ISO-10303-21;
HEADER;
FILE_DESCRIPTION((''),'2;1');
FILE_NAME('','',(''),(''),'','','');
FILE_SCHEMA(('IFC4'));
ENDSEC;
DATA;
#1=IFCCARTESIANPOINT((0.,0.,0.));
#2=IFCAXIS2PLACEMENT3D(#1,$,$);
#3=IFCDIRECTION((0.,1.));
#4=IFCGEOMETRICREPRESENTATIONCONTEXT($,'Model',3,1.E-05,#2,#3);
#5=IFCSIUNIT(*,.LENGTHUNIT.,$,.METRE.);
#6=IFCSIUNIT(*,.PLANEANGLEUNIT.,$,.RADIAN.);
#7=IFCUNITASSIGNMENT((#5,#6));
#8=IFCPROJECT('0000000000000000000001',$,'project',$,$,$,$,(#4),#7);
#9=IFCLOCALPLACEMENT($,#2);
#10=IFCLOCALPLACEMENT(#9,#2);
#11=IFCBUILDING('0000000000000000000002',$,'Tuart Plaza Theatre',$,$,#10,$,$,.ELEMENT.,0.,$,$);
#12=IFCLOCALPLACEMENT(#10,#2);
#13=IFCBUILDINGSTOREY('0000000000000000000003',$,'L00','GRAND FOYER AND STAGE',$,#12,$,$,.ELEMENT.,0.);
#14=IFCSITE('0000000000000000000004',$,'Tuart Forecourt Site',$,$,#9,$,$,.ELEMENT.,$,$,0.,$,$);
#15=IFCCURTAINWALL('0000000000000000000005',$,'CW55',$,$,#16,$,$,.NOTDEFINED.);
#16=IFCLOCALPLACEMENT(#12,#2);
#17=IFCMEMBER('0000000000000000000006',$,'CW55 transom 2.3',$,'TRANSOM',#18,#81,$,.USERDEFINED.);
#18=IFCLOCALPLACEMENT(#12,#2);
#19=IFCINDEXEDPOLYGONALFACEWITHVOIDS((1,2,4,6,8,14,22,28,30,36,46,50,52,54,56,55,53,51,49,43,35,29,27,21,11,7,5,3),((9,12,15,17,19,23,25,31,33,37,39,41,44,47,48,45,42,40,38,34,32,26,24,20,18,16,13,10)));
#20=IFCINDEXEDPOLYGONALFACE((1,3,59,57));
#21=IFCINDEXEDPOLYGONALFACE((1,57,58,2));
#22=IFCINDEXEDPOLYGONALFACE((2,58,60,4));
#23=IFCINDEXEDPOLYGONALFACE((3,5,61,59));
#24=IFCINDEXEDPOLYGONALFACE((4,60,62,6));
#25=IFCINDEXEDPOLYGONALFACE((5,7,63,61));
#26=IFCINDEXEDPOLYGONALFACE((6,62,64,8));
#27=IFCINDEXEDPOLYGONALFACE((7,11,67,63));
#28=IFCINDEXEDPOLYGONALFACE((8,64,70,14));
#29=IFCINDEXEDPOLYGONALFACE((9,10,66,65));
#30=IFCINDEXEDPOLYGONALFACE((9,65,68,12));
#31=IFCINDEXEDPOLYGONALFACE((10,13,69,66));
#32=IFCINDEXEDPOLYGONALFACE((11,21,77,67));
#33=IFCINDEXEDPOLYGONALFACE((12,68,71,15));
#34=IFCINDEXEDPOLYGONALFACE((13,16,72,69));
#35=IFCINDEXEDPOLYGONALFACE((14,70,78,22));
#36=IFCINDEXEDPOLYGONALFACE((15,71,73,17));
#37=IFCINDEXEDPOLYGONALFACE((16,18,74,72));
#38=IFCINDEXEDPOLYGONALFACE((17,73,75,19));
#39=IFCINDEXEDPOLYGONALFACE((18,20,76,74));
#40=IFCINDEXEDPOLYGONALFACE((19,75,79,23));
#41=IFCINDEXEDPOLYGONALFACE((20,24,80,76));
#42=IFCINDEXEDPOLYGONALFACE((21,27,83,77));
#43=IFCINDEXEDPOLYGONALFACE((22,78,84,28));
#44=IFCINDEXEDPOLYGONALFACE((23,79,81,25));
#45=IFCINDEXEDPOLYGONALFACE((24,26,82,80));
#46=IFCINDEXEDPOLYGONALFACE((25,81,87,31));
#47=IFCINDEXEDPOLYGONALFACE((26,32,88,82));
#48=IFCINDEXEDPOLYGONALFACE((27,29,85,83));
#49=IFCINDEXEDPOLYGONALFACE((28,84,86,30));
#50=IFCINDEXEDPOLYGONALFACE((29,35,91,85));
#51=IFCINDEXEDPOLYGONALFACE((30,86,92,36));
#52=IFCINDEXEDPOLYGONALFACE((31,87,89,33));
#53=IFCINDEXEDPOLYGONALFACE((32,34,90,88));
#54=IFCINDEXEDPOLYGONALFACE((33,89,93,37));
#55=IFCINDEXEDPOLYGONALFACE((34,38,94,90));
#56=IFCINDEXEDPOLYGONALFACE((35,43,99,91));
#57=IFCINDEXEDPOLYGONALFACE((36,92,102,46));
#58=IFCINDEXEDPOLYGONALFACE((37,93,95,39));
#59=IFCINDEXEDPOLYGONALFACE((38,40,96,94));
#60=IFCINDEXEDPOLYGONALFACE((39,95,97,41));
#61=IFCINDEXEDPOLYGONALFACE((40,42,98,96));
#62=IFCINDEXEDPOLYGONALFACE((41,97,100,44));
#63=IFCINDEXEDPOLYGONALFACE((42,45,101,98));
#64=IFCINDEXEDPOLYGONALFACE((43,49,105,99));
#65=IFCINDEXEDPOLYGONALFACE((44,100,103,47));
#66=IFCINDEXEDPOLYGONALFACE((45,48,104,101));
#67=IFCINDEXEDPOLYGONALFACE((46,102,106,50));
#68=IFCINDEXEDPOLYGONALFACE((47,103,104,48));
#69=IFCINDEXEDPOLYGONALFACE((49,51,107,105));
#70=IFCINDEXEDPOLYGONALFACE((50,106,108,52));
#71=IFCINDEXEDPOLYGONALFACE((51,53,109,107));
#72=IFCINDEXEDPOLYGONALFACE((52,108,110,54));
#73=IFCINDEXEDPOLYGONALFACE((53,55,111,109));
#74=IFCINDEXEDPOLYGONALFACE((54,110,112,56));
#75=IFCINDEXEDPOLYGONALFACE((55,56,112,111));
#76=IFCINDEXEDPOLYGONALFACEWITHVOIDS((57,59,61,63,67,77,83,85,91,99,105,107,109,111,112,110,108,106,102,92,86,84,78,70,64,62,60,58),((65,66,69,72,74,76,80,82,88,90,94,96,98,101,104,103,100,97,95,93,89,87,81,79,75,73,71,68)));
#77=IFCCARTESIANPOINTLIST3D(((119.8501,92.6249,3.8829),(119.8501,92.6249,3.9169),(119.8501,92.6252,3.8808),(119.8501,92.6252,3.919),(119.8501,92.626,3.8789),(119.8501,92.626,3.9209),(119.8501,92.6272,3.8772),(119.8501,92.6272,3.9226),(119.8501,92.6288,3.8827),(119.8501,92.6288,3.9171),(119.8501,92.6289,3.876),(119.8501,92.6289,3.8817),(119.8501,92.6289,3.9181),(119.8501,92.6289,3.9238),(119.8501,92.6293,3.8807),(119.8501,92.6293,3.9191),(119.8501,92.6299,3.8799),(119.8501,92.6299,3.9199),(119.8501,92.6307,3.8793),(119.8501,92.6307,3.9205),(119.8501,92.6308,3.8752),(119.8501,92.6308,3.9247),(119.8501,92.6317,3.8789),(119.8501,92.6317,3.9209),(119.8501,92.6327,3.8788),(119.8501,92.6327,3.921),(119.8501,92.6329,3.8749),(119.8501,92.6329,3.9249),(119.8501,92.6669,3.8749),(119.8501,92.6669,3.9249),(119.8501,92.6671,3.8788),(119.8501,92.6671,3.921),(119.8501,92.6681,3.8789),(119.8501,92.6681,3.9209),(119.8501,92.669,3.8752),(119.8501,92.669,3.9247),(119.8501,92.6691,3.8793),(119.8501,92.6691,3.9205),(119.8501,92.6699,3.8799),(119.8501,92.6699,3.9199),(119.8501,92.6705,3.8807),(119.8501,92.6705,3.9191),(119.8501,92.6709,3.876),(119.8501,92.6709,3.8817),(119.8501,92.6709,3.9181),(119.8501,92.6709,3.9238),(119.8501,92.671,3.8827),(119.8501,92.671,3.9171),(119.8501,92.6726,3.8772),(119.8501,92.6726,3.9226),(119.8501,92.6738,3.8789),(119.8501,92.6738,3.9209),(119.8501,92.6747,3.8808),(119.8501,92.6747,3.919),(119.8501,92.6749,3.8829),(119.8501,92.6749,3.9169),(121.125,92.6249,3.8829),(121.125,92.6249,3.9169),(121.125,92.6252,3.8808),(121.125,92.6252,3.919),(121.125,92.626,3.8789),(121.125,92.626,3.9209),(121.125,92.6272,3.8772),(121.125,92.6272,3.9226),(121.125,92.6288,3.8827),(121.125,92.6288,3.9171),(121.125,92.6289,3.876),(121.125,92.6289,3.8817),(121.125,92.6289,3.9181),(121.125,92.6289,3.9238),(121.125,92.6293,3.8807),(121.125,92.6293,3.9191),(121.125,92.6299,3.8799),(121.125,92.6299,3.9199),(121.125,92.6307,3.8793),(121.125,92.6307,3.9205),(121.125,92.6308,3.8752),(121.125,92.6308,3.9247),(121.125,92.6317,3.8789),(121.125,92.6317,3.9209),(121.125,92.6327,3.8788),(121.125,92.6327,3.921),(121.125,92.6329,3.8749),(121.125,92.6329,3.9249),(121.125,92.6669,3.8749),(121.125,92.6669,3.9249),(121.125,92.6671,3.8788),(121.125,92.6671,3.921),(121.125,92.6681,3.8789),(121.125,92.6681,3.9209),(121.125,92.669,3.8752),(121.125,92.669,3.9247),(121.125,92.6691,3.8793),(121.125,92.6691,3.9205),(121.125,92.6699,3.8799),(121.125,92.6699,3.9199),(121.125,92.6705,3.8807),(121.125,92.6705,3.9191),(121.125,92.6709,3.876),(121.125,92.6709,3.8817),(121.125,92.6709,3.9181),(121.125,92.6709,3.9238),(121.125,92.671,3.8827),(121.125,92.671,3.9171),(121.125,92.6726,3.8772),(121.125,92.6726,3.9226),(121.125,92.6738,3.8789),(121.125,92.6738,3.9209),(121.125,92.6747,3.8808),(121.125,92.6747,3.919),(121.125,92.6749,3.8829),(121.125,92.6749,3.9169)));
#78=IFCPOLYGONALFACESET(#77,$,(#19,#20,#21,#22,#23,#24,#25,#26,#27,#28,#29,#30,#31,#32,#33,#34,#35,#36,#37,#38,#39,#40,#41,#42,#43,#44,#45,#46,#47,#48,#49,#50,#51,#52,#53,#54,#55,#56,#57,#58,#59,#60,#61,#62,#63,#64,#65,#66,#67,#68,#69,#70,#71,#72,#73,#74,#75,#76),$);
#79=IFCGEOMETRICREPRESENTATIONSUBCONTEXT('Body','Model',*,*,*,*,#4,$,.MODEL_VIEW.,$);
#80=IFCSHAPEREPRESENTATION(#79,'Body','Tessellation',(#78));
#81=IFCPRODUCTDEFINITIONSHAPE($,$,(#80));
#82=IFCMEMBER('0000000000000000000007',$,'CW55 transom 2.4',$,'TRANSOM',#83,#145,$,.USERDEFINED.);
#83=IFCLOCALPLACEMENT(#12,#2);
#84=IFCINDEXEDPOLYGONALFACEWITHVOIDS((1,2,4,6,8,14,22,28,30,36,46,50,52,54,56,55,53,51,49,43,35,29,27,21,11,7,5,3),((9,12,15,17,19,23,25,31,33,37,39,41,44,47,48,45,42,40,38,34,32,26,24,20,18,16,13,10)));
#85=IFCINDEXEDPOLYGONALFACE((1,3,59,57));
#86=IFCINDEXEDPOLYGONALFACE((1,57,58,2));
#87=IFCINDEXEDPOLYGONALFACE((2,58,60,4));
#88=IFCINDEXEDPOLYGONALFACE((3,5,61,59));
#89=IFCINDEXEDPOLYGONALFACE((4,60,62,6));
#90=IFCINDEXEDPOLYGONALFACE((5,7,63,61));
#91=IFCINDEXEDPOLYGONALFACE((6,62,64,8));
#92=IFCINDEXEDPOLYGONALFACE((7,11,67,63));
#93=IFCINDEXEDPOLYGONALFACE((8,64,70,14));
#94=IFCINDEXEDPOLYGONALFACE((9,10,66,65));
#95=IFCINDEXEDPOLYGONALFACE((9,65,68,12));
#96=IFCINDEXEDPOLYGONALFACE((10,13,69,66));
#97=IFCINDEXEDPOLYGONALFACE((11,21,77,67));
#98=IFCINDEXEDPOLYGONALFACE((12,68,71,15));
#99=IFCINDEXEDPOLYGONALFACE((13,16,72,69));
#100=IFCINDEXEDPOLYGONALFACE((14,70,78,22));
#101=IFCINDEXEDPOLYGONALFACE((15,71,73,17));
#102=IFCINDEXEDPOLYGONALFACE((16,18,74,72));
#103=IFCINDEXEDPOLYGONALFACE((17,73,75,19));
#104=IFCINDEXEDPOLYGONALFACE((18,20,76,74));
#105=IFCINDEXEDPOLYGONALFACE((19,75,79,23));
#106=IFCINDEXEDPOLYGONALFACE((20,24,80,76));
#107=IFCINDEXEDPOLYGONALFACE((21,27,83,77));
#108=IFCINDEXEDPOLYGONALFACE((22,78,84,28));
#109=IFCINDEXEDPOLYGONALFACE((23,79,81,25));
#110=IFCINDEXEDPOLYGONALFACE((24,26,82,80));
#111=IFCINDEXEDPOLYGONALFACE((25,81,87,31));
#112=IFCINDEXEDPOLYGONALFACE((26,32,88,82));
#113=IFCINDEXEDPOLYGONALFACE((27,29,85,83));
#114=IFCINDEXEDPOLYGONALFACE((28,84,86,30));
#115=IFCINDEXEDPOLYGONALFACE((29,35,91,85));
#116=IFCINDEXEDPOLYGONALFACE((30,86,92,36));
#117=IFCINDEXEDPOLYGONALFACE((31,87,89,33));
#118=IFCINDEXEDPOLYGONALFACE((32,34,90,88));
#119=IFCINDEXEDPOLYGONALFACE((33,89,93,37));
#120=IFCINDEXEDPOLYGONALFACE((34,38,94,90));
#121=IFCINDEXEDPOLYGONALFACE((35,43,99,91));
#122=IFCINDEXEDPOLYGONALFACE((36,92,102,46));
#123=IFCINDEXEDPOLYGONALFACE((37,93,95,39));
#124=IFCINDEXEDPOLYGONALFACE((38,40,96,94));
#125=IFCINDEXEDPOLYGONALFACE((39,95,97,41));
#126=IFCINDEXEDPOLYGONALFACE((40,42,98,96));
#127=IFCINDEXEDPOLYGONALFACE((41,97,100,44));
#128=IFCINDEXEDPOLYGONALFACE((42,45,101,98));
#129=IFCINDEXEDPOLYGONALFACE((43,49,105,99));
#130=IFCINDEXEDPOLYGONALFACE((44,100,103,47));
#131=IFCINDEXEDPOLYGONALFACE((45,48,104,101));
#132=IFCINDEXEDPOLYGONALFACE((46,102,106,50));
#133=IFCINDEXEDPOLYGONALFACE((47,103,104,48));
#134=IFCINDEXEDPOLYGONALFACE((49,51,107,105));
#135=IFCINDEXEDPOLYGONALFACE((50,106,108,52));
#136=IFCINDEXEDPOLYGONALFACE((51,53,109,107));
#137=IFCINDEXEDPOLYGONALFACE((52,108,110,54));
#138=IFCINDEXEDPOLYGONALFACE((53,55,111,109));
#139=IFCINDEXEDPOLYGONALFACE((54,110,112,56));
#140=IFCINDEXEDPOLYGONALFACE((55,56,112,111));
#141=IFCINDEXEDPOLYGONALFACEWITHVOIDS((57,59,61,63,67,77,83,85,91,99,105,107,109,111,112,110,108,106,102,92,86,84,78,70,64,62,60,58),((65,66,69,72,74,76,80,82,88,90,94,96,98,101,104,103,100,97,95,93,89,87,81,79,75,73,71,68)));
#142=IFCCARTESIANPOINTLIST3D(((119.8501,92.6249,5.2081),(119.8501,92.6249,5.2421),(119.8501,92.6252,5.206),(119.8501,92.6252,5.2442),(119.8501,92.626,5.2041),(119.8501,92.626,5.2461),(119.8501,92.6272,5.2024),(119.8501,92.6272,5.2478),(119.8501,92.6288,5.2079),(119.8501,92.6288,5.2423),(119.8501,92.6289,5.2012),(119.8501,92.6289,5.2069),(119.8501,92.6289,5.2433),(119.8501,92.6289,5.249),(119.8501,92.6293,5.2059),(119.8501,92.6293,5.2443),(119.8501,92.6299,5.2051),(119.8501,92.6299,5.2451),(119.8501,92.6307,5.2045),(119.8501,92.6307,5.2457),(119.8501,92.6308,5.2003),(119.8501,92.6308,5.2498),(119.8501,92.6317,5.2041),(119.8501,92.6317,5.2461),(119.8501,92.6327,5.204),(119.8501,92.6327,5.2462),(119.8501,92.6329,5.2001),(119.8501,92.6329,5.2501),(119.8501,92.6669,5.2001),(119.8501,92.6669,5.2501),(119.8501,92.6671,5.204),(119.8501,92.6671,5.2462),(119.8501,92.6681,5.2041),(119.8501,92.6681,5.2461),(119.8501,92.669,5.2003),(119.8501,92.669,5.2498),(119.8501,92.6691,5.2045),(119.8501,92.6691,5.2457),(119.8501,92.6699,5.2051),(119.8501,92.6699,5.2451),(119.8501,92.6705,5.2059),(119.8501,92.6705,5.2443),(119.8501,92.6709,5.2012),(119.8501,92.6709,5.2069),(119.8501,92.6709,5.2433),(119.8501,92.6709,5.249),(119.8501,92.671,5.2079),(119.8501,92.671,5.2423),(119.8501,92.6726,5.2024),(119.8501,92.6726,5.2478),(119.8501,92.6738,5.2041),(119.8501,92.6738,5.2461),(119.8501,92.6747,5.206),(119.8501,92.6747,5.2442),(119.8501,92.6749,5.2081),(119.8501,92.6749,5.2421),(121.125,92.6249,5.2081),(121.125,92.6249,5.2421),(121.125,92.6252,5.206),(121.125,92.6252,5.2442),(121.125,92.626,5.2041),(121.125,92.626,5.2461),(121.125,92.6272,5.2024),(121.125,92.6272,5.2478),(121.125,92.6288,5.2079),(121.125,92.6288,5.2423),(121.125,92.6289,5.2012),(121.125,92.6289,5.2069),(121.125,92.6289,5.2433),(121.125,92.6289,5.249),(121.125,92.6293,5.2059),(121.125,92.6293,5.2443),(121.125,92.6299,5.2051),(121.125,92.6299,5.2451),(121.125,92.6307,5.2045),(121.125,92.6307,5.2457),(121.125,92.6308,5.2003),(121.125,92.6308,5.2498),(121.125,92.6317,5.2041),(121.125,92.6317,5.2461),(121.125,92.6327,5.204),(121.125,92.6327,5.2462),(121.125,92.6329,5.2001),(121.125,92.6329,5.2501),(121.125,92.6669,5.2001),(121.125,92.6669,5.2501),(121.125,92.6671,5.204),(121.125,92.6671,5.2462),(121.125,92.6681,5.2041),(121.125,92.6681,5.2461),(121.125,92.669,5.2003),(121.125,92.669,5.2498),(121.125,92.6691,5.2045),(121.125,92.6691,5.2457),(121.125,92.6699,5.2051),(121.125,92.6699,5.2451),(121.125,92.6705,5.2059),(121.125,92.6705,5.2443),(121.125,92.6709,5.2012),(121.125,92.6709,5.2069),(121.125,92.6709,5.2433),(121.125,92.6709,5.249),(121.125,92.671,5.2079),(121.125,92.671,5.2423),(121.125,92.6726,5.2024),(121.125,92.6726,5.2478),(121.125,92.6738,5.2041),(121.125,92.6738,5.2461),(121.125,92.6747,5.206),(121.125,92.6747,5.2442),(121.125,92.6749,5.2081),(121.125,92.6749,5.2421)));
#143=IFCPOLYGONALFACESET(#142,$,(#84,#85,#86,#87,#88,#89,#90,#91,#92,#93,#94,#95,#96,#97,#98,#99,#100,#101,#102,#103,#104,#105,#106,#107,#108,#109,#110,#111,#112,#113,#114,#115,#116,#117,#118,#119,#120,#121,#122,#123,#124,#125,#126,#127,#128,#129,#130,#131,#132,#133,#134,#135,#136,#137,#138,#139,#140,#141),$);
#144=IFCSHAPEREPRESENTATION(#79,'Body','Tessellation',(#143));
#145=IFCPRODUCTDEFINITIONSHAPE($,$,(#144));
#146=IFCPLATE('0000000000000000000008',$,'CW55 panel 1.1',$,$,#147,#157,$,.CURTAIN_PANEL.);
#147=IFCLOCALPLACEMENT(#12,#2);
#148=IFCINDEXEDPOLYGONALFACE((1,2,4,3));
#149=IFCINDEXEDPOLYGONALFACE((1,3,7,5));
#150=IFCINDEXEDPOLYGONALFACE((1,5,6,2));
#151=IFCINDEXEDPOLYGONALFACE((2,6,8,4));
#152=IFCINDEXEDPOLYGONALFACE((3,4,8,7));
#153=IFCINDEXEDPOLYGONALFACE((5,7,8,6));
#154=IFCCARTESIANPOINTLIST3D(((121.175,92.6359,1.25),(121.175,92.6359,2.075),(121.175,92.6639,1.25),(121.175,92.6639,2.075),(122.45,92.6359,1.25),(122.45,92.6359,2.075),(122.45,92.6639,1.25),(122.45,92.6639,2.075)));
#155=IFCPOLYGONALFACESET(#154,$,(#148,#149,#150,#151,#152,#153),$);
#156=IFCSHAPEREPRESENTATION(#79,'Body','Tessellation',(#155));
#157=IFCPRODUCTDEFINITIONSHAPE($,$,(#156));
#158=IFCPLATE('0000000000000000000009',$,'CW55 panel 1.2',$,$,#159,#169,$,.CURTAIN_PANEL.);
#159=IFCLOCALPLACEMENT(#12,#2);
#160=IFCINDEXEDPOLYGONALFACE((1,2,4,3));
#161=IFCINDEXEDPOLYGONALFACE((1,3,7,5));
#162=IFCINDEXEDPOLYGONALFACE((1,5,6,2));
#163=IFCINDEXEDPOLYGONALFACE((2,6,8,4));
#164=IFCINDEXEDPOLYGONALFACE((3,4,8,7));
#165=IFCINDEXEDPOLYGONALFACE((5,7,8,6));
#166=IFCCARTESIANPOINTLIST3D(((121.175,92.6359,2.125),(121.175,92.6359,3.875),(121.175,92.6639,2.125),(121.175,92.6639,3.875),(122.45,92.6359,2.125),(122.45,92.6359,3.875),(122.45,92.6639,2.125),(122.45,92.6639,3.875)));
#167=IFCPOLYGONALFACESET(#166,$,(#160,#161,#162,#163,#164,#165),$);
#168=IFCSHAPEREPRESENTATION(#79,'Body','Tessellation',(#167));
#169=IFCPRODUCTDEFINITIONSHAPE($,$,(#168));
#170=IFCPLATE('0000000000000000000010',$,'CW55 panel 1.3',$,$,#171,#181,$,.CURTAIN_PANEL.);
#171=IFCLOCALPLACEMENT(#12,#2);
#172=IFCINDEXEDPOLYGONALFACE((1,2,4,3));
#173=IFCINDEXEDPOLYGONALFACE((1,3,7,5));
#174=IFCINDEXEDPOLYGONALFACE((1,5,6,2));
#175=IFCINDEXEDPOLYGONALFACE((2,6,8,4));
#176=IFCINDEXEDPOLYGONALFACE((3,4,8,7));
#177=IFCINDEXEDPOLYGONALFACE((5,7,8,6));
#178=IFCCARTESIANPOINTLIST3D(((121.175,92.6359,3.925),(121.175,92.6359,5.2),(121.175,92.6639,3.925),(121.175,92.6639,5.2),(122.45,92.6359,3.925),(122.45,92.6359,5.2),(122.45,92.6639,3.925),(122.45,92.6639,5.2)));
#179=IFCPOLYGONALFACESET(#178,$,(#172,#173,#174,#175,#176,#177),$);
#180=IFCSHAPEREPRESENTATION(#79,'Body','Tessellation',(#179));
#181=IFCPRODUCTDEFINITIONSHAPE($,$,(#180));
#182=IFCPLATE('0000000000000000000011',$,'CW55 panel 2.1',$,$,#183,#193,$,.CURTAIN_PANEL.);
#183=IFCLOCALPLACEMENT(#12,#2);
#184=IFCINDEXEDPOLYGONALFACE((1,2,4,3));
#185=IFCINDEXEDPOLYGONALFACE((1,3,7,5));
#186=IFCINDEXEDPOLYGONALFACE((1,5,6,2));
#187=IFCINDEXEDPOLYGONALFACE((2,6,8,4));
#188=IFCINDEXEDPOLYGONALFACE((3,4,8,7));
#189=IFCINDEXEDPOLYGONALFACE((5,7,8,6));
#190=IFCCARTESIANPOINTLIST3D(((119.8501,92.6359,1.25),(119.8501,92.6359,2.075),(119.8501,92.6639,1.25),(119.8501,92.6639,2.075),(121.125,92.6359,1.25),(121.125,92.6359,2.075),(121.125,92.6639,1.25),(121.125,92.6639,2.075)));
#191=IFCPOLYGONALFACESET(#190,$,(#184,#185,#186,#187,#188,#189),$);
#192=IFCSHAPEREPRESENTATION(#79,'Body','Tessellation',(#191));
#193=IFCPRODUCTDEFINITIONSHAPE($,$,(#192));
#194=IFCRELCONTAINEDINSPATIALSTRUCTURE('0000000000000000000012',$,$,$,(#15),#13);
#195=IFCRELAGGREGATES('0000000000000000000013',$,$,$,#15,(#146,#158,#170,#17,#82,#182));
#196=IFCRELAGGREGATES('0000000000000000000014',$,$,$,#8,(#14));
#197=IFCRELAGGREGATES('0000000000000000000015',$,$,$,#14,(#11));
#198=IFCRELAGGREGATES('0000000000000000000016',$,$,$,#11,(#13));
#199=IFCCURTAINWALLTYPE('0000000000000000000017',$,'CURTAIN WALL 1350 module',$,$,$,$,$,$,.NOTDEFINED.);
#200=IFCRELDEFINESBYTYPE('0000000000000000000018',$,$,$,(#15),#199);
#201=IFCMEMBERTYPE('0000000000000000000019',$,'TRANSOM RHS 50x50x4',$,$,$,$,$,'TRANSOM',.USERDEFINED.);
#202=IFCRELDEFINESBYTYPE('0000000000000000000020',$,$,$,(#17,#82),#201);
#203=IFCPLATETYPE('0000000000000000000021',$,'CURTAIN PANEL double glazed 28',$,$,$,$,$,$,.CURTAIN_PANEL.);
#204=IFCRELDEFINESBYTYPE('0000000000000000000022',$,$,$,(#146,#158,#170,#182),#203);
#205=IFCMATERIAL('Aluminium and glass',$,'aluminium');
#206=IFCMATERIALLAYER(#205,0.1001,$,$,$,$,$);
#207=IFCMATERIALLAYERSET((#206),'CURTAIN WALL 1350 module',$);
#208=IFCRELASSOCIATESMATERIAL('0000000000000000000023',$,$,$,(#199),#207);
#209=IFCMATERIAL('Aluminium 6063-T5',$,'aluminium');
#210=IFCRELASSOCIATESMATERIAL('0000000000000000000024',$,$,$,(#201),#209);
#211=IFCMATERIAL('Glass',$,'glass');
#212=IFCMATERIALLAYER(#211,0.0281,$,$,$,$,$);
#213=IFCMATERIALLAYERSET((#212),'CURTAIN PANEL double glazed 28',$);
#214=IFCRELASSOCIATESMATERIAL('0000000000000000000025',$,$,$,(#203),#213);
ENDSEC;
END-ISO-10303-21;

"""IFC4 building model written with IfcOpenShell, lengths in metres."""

from ifc_helpers import new_model, si_unit, direction, frame, origin, origin_2d, place, context, subcontext, project, spatial, rectangle, hollow_rectangle, extrude, material, layer, layer_set, material_profile, profile_set, type_object, element, aggregate, save


model = new_model("IFC4")

# Units and contexts
model_context = context("Model", 3, precision=1e-05, world=origin(), true_north=direction((0.0, 1.0)))
body_context = subcontext(model_context, "Body", "Model", "MODEL_VIEW")
ifc_project = project(units=[si_unit("LENGTHUNIT", "METRE"), si_unit("PLANEANGLEUNIT", "RADIAN")], contexts=[model_context])

# Site, building, storey
site_placement = place(None, origin())
site = spatial("IfcSite", under=ifc_project, at=site_placement, Name="Tuart Forecourt Site", CompositionType="ELEMENT", RefElevation=0.0)
building_placement = place(site_placement, origin())
building = spatial("IfcBuilding", under=site, at=building_placement, Name="Tuart Plaza Theatre", CompositionType="ELEMENT", ElevationOfRefHeight=0.0)
storey_placement = place(building_placement, origin())
storey = spatial("IfcBuildingStorey", under=building, at=storey_placement, Name="L00", Description="GRAND FOYER AND STAGE", CompositionType="ELEMENT", Elevation=0.0)

# Curtain wall, members, plates
ifc_material_1 = material(Name="Aluminium and glass", Category="aluminium")
ifc_layer_1 = layer(ifc_material_1, 0.1001)
ifc_layer_set_1 = layer_set([ifc_layer_1], Name="CURTAIN WALL 1350 module")
curtain_wall_type = type_object("IfcCurtainWallType", Name="CURTAIN WALL 1350 module", PredefinedType="NOTDEFINED", material=ifc_layer_set_1)
curtain_wall_placement = place(storey_placement, origin())
curtain_wall = element("IfcCurtainWall", 1, at=curtain_wall_placement, inside=storey, type_object=curtain_wall_type, Name="CW55", PredefinedType="NOTDEFINED")
ifc_material_2 = material(Name="Aluminium 6063-T5", Category="aluminium")
ifc_material_profile_1 = material_profile(ifc_material_2, hollow_rectangle(XDim=0.05, YDim=0.05, WallThickness=0.0039, InnerFilletRadius=0.0039, OuterFilletRadius=0.0081, at=origin_2d()), Name="RHS 50x50x4")
ifc_profile_set_1 = profile_set([ifc_material_profile_1], Name="Aluminium 6063-T5")
member_type_1 = type_object("IfcMemberType", Name="TRANSOM RHS 50x50x4", ElementType="TRANSOM", PredefinedType="USERDEFINED", material=ifc_profile_set_1)
member_1_placement = place(storey_placement, frame((121.125, 92.6499, 3.8999), z_axis=(-1.0, 0.0, 0.0), x_axis=(0.0, -1.0, 0.0)))
member_1 = element("IfcMember", 2, at=member_1_placement, type_object=member_type_1, Name="CW55 transom 2.3", ObjectType="TRANSOM", PredefinedType="USERDEFINED", context=body_context, shape_type="SweptSolid", body=[
    extrude(hollow_rectangle(XDim=0.05, YDim=0.05, WallThickness=0.0039, InnerFilletRadius=0.0039, OuterFilletRadius=0.0081, at=origin_2d()), origin(), (0.0, 0.0, 1.0), 1.2749),
])
member_2_placement = place(storey_placement, frame((121.125, 92.6499, 5.2251), z_axis=(-1.0, 0.0, 0.0), x_axis=(0.0, -1.0, 0.0)))
member_2 = element("IfcMember", 3, at=member_2_placement, type_object=member_type_1, Name="CW55 transom 2.4", ObjectType="TRANSOM", PredefinedType="USERDEFINED", context=body_context, shape_type="SweptSolid", body=[
    extrude(hollow_rectangle(XDim=0.05, YDim=0.05, WallThickness=0.0039, InnerFilletRadius=0.0039, OuterFilletRadius=0.0081, at=origin_2d()), origin(), (0.0, 0.0, 1.0), 1.2749),
])
ifc_material_3 = material(Name="Glass", Category="glass")
ifc_layer_2 = layer(ifc_material_3, 0.0281)
ifc_layer_set_2 = layer_set([ifc_layer_2], Name="CURTAIN PANEL double glazed 28")
plate_type = type_object("IfcPlateType", Name="CURTAIN PANEL double glazed 28", PredefinedType="CURTAIN_PANEL", material=ifc_layer_set_2)
plate_1_placement = place(storey_placement, frame((121.8125, 92.6499, 1.25), z_axis=(0.0, 0.0, 1.0), x_axis=(-1.0, 0.0, 0.0)))
plate_1 = element("IfcPlate", 4, at=plate_1_placement, type_object=plate_type, Name="CW55 panel 1.1", PredefinedType="CURTAIN_PANEL", context=body_context, shape_type="SweptSolid", body=[
    extrude(rectangle(XDim=1.2749, YDim=0.0281, at=origin_2d()), origin(), (0.0, 0.0, 1.0), 0.825),
])
plate_2_placement = place(storey_placement, frame((121.8125, 92.6499, 2.125), z_axis=(0.0, 0.0, 1.0), x_axis=(-1.0, 0.0, 0.0)))
plate_2 = element("IfcPlate", 5, at=plate_2_placement, type_object=plate_type, Name="CW55 panel 1.2", PredefinedType="CURTAIN_PANEL", context=body_context, shape_type="SweptSolid", body=[
    extrude(rectangle(XDim=1.2749, YDim=0.0281, at=origin_2d()), origin(), (0.0, 0.0, 1.0), 1.75),
])
plate_3_placement = place(storey_placement, frame((121.8125, 92.6499, 3.925), z_axis=(0.0, 0.0, 1.0), x_axis=(-1.0, 0.0, 0.0)))
plate_3 = element("IfcPlate", 6, at=plate_3_placement, type_object=plate_type, Name="CW55 panel 1.3", PredefinedType="CURTAIN_PANEL", context=body_context, shape_type="SweptSolid", body=[
    extrude(rectangle(XDim=1.2749, YDim=0.0281, at=origin_2d()), origin(), (0.0, 0.0, 1.0), 1.2749),
])
plate_4_placement = place(storey_placement, frame((120.4875, 92.6499, 1.25), z_axis=(0.0, 0.0, 1.0), x_axis=(-1.0, 0.0, 0.0)))
plate_4 = element("IfcPlate", 7, at=plate_4_placement, type_object=plate_type, Name="CW55 panel 2.1", PredefinedType="CURTAIN_PANEL", context=body_context, shape_type="SweptSolid", body=[
    extrude(rectangle(XDim=1.2749, YDim=0.0281, at=origin_2d()), origin(), (0.0, 0.0, 1.0), 0.825),
])
aggregate(curtain_wall, [plate_1, plate_2, plate_3, member_1, member_2, plate_4])

save(model, "model.ifc")
